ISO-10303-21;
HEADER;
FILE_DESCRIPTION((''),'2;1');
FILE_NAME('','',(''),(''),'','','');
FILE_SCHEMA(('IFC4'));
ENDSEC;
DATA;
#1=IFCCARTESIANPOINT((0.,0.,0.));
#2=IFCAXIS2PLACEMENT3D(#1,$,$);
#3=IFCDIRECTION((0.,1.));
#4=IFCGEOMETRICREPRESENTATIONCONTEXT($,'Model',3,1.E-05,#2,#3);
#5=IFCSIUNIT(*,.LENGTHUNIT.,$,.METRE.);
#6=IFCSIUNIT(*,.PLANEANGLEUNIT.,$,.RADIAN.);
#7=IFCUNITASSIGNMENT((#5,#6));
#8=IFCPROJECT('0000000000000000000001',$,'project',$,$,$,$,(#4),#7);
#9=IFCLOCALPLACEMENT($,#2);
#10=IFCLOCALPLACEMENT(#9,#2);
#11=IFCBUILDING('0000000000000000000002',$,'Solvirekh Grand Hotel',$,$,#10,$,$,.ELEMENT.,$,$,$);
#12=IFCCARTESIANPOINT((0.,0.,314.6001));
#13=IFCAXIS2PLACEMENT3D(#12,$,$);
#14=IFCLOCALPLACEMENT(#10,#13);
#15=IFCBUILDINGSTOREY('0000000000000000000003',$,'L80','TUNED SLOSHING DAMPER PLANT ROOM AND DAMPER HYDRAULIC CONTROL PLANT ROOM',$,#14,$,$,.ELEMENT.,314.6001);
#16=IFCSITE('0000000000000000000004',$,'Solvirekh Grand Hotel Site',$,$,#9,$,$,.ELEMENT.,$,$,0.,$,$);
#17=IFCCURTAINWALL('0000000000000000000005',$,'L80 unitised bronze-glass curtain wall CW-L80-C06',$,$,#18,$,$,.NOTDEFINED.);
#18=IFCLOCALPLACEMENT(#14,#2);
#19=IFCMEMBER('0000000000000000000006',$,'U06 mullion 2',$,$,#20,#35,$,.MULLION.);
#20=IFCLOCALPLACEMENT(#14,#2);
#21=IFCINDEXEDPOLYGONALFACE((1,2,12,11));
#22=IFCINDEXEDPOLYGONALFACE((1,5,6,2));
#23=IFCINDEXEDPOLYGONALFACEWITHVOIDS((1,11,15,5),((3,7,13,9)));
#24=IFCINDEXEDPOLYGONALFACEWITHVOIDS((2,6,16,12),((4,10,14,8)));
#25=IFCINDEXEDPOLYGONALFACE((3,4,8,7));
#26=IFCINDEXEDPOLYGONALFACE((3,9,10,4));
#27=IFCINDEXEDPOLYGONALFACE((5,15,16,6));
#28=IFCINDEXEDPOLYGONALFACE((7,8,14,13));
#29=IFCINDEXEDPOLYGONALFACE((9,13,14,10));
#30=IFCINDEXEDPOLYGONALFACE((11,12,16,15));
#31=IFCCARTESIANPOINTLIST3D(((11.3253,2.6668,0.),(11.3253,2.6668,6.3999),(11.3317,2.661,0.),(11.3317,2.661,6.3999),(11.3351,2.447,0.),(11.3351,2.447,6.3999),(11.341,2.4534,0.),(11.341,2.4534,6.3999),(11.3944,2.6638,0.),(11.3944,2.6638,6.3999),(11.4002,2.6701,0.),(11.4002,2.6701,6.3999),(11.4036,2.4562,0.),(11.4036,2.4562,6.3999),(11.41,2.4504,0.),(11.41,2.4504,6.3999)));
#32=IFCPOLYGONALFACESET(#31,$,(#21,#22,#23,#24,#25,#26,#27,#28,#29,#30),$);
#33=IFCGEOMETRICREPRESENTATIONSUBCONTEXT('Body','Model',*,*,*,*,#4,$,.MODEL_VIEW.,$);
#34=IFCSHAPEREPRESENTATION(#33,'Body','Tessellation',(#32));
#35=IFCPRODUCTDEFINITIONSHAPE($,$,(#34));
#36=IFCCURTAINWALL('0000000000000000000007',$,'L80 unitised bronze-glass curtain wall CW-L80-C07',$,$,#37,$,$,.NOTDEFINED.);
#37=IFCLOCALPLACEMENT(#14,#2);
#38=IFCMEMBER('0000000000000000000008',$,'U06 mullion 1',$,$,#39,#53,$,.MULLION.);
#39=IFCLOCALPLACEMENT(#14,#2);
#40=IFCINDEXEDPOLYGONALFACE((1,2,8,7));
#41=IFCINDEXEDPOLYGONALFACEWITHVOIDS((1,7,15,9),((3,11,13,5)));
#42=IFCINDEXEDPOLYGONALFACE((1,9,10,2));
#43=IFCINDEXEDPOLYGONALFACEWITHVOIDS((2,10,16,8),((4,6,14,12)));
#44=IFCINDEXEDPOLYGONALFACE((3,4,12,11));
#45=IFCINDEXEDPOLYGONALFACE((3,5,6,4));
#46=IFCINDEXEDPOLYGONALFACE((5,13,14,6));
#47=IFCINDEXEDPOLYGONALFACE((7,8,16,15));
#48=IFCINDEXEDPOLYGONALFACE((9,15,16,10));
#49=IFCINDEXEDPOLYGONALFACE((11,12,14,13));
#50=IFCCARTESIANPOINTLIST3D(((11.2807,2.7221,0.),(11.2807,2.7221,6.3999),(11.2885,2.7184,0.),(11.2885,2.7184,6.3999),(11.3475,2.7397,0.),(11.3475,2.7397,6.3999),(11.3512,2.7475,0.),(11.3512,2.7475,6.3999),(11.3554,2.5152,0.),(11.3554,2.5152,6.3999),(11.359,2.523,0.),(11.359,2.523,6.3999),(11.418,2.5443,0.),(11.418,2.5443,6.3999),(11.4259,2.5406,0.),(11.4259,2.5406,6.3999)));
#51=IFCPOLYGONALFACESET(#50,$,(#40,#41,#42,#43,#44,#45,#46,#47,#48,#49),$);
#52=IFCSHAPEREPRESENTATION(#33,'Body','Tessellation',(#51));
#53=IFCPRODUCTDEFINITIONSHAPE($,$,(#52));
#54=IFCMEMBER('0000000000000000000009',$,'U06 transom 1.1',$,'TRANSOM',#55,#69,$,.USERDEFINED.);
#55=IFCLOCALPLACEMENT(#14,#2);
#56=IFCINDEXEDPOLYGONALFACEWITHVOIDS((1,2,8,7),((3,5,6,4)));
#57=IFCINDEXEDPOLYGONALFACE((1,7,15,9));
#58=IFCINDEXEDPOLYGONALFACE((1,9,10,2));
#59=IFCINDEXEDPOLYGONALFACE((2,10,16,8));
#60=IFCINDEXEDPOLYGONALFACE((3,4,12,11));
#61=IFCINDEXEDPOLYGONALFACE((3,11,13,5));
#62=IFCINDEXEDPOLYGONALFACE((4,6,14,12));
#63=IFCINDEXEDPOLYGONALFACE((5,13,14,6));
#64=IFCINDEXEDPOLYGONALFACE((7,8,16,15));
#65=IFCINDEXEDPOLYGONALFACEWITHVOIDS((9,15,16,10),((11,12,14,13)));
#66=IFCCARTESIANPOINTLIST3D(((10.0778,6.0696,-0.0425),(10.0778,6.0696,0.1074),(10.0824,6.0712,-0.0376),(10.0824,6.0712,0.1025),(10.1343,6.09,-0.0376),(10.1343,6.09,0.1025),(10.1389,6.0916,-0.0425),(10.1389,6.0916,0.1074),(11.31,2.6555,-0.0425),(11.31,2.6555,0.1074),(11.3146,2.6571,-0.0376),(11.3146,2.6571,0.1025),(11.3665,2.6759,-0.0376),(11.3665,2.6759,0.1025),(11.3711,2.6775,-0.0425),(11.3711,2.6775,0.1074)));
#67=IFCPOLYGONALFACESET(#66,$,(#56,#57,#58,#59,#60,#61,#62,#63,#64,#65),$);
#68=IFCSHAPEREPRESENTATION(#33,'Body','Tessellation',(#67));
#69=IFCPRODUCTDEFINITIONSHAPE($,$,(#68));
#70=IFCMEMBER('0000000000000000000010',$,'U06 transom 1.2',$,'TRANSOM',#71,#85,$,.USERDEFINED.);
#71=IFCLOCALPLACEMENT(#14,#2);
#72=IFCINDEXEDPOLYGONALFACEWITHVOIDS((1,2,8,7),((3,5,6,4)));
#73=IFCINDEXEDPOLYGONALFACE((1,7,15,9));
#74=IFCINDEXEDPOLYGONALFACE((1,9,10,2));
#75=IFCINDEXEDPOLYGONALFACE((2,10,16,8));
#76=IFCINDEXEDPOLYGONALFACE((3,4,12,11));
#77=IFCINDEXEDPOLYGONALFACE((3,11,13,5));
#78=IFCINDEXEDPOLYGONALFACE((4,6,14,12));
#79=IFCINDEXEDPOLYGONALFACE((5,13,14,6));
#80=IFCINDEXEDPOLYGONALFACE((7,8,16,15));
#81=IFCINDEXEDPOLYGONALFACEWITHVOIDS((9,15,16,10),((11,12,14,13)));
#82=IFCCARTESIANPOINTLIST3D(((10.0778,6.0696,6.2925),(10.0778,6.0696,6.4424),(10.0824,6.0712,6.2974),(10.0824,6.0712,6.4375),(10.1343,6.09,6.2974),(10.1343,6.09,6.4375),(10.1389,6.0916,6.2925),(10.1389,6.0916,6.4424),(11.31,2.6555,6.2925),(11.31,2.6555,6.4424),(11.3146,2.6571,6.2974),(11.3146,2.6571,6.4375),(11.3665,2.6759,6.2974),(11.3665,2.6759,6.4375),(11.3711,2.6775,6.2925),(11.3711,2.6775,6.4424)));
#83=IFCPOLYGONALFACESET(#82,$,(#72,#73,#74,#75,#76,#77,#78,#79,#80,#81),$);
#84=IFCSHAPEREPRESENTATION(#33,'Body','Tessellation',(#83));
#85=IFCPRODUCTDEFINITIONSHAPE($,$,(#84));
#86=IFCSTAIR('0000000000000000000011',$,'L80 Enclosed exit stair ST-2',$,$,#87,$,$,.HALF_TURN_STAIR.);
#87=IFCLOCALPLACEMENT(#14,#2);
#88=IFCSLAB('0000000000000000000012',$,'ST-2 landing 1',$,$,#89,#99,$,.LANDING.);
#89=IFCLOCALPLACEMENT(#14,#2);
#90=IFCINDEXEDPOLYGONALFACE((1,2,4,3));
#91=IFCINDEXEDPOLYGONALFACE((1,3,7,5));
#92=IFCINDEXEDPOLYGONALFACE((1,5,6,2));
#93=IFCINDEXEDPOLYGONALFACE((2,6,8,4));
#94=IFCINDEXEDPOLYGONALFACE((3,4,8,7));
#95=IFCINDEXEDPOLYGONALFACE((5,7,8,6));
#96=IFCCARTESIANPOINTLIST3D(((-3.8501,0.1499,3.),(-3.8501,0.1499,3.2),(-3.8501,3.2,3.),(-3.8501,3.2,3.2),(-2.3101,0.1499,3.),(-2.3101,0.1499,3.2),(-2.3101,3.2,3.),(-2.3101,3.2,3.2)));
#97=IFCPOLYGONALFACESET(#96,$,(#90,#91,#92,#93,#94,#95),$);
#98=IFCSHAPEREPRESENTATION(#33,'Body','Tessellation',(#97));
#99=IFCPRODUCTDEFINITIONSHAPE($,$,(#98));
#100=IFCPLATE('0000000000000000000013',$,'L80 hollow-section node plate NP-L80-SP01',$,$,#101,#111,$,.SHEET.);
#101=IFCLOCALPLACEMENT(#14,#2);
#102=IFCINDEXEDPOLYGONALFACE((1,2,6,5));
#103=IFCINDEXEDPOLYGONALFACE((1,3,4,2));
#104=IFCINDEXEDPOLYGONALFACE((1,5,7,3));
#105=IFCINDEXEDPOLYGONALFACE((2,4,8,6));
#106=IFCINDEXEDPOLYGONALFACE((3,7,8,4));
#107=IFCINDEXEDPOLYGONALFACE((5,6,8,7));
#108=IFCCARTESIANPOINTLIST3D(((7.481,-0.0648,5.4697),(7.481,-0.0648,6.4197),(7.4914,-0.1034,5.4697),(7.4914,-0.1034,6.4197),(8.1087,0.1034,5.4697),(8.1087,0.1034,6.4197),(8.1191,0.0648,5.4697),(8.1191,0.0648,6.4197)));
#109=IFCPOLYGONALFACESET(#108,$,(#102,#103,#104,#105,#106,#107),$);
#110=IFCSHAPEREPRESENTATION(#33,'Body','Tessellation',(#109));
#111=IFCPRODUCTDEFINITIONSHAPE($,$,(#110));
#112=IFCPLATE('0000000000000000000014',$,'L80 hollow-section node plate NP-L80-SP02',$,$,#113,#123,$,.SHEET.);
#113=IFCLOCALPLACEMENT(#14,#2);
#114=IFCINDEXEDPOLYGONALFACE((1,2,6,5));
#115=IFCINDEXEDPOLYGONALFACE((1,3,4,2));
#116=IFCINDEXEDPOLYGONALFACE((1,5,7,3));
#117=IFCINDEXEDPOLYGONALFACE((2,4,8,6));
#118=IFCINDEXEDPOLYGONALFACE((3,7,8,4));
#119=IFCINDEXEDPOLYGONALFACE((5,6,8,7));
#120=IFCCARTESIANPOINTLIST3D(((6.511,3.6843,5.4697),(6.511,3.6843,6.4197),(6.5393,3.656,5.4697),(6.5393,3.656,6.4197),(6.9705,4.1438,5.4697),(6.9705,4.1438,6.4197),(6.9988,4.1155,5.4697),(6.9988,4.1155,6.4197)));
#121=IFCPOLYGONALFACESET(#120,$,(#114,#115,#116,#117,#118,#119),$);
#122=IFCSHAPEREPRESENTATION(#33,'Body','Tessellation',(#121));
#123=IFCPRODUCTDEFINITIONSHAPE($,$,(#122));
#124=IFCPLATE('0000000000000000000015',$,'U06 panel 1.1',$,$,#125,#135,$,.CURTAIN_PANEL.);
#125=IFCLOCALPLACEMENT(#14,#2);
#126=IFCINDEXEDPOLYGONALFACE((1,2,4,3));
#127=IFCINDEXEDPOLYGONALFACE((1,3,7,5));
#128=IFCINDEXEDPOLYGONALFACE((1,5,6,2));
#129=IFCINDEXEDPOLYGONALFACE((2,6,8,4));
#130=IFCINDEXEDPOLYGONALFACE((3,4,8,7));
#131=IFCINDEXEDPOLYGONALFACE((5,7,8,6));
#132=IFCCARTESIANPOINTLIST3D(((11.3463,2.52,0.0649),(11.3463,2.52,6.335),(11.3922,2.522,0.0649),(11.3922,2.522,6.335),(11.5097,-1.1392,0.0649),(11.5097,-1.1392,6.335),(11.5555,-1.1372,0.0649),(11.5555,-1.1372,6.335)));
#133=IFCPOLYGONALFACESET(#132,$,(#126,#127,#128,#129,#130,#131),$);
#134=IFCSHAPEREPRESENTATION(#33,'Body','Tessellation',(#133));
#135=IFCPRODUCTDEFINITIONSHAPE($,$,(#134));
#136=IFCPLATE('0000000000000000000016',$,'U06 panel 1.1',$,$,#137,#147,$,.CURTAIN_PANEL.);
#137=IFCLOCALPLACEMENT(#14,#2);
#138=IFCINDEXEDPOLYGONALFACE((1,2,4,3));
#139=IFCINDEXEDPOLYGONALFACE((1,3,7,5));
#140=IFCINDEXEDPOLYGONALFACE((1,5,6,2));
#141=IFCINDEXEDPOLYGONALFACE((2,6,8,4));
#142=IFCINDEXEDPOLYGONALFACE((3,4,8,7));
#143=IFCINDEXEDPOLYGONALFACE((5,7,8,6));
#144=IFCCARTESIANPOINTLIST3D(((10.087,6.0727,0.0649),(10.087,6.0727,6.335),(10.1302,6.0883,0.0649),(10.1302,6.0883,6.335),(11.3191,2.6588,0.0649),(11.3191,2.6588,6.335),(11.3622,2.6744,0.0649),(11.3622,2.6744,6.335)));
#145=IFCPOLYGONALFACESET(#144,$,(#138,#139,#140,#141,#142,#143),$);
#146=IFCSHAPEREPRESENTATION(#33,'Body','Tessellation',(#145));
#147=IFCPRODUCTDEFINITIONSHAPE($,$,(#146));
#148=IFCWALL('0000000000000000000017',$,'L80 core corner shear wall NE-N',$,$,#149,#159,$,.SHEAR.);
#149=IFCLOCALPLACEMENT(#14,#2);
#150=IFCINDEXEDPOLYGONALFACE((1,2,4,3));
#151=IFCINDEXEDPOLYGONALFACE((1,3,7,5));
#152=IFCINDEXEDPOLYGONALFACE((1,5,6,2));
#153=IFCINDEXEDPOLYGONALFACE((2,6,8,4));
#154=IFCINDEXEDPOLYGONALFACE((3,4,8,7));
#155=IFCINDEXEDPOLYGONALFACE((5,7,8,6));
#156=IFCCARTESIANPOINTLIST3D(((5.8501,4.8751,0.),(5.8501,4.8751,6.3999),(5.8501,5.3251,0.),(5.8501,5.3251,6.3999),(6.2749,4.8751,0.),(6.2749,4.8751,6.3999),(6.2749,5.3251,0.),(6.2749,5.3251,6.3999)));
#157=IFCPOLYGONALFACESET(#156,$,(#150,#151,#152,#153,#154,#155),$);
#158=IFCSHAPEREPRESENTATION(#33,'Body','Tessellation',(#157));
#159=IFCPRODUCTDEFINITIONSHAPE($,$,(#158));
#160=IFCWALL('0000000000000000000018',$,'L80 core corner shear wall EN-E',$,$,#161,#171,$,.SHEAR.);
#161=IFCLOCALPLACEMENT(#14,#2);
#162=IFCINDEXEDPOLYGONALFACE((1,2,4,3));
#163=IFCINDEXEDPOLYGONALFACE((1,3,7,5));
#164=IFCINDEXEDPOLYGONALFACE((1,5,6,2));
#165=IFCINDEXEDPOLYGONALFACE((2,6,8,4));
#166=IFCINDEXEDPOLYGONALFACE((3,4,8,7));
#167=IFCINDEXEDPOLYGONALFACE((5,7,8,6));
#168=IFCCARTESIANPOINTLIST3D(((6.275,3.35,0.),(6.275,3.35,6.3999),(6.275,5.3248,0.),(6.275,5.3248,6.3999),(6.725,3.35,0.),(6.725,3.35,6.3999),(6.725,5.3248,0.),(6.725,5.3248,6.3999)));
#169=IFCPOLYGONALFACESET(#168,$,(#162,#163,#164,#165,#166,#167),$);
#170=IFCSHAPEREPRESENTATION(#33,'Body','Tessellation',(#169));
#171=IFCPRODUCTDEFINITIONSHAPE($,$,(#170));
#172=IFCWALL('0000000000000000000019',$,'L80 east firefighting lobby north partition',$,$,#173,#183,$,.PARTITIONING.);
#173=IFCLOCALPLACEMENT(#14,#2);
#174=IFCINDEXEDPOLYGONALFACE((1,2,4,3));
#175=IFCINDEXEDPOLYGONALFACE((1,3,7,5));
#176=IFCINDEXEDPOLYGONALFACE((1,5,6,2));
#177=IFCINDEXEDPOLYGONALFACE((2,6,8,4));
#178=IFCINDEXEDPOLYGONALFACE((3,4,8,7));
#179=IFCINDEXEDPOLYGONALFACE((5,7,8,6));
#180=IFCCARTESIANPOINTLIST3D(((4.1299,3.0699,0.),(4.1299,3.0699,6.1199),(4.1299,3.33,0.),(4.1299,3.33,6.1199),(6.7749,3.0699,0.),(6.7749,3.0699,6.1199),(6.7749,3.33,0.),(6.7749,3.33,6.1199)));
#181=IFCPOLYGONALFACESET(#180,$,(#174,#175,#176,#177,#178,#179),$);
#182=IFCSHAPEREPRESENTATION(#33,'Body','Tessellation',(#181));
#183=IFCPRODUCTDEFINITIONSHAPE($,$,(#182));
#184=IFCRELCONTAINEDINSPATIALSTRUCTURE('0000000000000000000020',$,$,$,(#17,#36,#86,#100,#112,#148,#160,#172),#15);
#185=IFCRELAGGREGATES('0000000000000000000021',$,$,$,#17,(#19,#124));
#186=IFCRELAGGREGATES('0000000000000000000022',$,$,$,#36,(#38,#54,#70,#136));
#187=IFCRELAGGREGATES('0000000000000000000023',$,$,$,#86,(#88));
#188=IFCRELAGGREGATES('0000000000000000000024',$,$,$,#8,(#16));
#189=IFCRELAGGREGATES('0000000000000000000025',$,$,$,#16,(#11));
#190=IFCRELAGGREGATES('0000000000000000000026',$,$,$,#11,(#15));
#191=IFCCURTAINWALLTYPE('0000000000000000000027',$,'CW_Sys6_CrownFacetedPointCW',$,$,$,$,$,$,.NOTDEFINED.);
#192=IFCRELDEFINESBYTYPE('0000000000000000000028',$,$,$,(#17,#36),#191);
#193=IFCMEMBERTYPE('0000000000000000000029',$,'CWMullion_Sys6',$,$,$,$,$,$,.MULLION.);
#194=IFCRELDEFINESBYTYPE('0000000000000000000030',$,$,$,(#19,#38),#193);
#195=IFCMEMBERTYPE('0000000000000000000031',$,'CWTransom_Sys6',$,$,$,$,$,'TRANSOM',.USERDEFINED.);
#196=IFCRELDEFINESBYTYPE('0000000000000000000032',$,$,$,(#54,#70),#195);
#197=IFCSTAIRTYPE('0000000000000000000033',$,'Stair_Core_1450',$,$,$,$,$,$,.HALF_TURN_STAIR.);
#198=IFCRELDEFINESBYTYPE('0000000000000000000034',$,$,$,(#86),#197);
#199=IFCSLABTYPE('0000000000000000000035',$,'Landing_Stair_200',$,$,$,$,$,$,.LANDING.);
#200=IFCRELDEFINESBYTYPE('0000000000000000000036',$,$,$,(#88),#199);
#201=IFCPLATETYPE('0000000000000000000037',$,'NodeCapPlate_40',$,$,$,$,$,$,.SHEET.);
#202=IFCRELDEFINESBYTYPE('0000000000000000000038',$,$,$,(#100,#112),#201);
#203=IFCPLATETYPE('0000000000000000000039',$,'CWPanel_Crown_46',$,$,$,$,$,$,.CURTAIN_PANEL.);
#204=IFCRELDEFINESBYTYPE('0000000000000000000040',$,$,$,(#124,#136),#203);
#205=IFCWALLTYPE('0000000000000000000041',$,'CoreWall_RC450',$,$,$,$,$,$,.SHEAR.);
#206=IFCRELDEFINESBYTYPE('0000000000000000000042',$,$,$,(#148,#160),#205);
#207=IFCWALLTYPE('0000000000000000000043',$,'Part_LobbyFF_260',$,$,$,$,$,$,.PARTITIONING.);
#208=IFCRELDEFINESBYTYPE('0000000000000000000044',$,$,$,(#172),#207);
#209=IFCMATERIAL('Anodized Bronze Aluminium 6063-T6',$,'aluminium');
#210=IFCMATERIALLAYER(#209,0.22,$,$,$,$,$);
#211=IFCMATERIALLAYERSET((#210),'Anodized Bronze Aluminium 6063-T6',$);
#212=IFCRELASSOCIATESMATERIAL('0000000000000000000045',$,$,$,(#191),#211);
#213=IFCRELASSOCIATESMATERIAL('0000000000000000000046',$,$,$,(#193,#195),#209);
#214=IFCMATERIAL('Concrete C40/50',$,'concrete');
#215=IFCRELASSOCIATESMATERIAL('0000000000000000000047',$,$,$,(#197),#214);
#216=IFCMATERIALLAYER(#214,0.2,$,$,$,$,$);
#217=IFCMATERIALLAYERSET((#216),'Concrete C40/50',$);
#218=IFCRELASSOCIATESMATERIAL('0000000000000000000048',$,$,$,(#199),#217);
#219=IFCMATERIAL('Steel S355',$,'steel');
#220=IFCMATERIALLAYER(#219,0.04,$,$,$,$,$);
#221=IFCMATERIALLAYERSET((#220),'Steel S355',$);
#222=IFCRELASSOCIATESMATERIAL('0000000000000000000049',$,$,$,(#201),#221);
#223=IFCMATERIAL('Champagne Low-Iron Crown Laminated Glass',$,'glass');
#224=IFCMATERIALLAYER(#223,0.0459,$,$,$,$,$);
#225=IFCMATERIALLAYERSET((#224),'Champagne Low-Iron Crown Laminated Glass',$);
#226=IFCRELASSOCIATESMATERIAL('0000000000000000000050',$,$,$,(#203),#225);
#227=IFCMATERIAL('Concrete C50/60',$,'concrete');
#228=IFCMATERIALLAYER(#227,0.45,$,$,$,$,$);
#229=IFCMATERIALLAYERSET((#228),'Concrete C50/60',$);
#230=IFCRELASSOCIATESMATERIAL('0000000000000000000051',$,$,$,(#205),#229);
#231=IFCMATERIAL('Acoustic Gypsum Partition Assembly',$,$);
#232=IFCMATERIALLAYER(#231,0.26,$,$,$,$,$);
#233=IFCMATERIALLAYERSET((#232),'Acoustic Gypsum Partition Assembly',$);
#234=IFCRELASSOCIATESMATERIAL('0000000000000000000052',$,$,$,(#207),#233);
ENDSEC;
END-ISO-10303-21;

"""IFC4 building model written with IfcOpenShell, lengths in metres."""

from ifc_helpers import new_model, si_unit, direction, frame, frame_2d, origin, origin_2d, place, context, subcontext, project, spatial, polyline, rectangle, hollow_rectangle, outline, extrude, source, transform, mapped, material, layer, layer_set, material_profile, profile_set, type_object, element, aggregate, save


model = new_model("IFC4")

# Units and contexts
model_context = context("Model", 3, precision=1e-05, world=origin(), true_north=direction((0.0, 1.0)))
body_context = subcontext(model_context, "Body", "Model", "MODEL_VIEW")
ifc_project = project(units=[si_unit("LENGTHUNIT", "METRE"), si_unit("PLANEANGLEUNIT", "RADIAN")], contexts=[model_context])

# Site, building, storey
site_placement = place(None, origin())
site = spatial("IfcSite", under=ifc_project, at=site_placement, Name="Solvirekh Grand Hotel Site", CompositionType="ELEMENT", RefElevation=0.0)
building_placement = place(site_placement, origin())
building = spatial("IfcBuilding", under=site, at=building_placement, Name="Solvirekh Grand Hotel", CompositionType="ELEMENT")
storey_placement = place(building_placement, frame((0.0, 0.0, 314.6001)))
storey = spatial("IfcBuildingStorey", under=building, at=storey_placement, Name="L80", Description="TUNED SLOSHING DAMPER PLANT ROOM AND DAMPER HYDRAULIC CONTROL PLANT ROOM", CompositionType="ELEMENT", Elevation=314.6001)

# Shared definitions
ifc_material_1 = material(Name="Steel S355", Category="steel")

# Curtain wall, member
ifc_material_2 = material(Name="Anodized Bronze Aluminium 6063-T6", Category="aluminium")
ifc_layer_1 = layer(ifc_material_2, 0.22)
ifc_layer_set_1 = layer_set([ifc_layer_1], Name="Anodized Bronze Aluminium 6063-T6")
curtain_wall_type = type_object("IfcCurtainWallType", Name="CW_Sys6_CrownFacetedPointCW", PredefinedType="NOTDEFINED", material=ifc_layer_set_1)
curtain_wall_1_placement = place(storey_placement, origin())
curtain_wall_1 = element("IfcCurtainWall", 1, at=curtain_wall_1_placement, inside=storey, type_object=curtain_wall_type, Name="L80 unitised bronze-glass curtain wall CW-L80-C06", PredefinedType="NOTDEFINED")
ifc_material_profile_1 = material_profile(ifc_material_2, hollow_rectangle(XDim=0.075, YDim=0.22, WallThickness=0.0061, at=origin_2d()), Name="ALU RHS 220X75X6")
ifc_profile_set_1 = profile_set([ifc_material_profile_1], Name="Anodized Bronze Aluminium 6063-T6")
member_type_1 = type_object("IfcMemberType", Name="CWMullion_Sys6", PredefinedType="MULLION", material=ifc_profile_set_1)
shared_shape_1 = source(origin(), body_context, "Body", "SweptSolid", [
    extrude(hollow_rectangle(XDim=0.075, YDim=0.22, WallThickness=0.0061, at=origin_2d()), origin(), (0.0, 0.0, 1.0), 6.3999),
])
member_1_placement = place(storey_placement, frame((11.3677, 2.5586, 0.0), z_axis=(0.0, 0.0, 1.0), x_axis=(-0.999006, -0.044587, 0.0)))
member_1 = element("IfcMember", 2, at=member_1_placement, type_object=member_type_1, Name="U06 mullion 2", PredefinedType="MULLION", context=body_context, shape_type="MappedRepresentation", body=[
    mapped(shared_shape_1, transform((0.0, 0.0, 0.0), x_axis=(1.0, 0.0, 0.0), y_axis=(0.0, 1.0, 0.0), z_axis=(0.0, 0.0, 1.0), scale=1.0)),
])

# Curtain wall, members
curtain_wall_2_placement = place(storey_placement, origin())
curtain_wall_2 = element("IfcCurtainWall", 3, at=curtain_wall_2_placement, inside=storey, type_object=curtain_wall_type, Name="L80 unitised bronze-glass curtain wall CW-L80-C07", PredefinedType="NOTDEFINED")
member_2_placement = place(storey_placement, frame((11.3533, 2.6313, 0.0), z_axis=(0.0, 0.0, 1.0), x_axis=(-0.940617, -0.339469, 0.0)))
member_2 = element("IfcMember", 4, at=member_2_placement, type_object=member_type_1, Name="U06 mullion 1", PredefinedType="MULLION", context=body_context, shape_type="MappedRepresentation", body=[
    mapped(shared_shape_1, transform((0.0, 0.0, 0.0), x_axis=(1.0, 0.0, 0.0), y_axis=(0.0, 1.0, 0.0), z_axis=(0.0, 0.0, 1.0), scale=1.0)),
])
ifc_material_profile_2 = material_profile(ifc_material_2, hollow_rectangle(XDim=0.0649, YDim=0.1499, WallThickness=0.0049, at=origin_2d()), Name="ALU RHS 150X65X5")
ifc_profile_set_2 = profile_set([ifc_material_profile_2], Name="Anodized Bronze Aluminium 6063-T6")
member_type_2 = type_object("IfcMemberType", Name="CWTransom_Sys6", ElementType="TRANSOM", PredefinedType="USERDEFINED", material=ifc_profile_set_2)
shared_shape_2 = source(origin(), body_context, "Body", "SweptSolid", [
    extrude(hollow_rectangle(XDim=0.0649, YDim=0.1499, WallThickness=0.0049, at=origin_2d()), origin(), (0.0, 0.0, 1.0), 3.6296),
])
member_3_placement = place(storey_placement, frame((11.3406, 2.6665, 0.0325), z_axis=(-0.339479, 0.940614, 0.0), x_axis=(-0.940614, -0.339479, 0.0)))
member_3 = element("IfcMember", 5, at=member_3_placement, type_object=member_type_2, Name="U06 transom 1.1", ObjectType="TRANSOM", PredefinedType="USERDEFINED", context=body_context, shape_type="MappedRepresentation", body=[
    mapped(shared_shape_2, transform((0.0, 0.0, 0.0), x_axis=(1.0, 0.0, 0.0), y_axis=(0.0, 1.0, 0.0), z_axis=(0.0, 0.0, 1.0), scale=1.0)),
])
member_4_placement = place(storey_placement, frame((11.3406, 2.6665, 6.3674), z_axis=(-0.339479, 0.940614, 0.0), x_axis=(-0.940614, -0.339479, 0.0)))
member_4 = element("IfcMember", 6, at=member_4_placement, type_object=member_type_2, Name="U06 transom 1.2", ObjectType="TRANSOM", PredefinedType="USERDEFINED", context=body_context, shape_type="MappedRepresentation", body=[
    mapped(shared_shape_2, transform((0.0, 0.0, 0.0), x_axis=(1.0, 0.0, 0.0), y_axis=(0.0, 1.0, 0.0), z_axis=(0.0, 0.0, 1.0), scale=1.0)),
])

# Stair, slab
ifc_material_3 = material(Name="Concrete C40/50", Category="concrete")
stair_type = type_object("IfcStairType", Name="Stair_Core_1450", PredefinedType="HALF_TURN_STAIR", material=ifc_material_3)
stair_placement = place(storey_placement, origin())
stair = element("IfcStair", 7, at=stair_placement, inside=storey, type_object=stair_type, Name="L80 Enclosed exit stair ST-2", PredefinedType="HALF_TURN_STAIR")
ifc_layer_2 = layer(ifc_material_3, 0.2)
ifc_layer_set_2 = layer_set([ifc_layer_2], Name="Concrete C40/50")
slab_type = type_object("IfcSlabType", Name="Landing_Stair_200", PredefinedType="LANDING", material=ifc_layer_set_2)
slab_placement = place(storey_placement, frame((0.0, 0.0, 3.0)))
slab = element("IfcSlab", 8, at=slab_placement, type_object=slab_type, Name="ST-2 landing 1", PredefinedType="LANDING", context=body_context, shape_type="SweptSolid", body=[
    extrude(outline(polyline([(-2.3101, 3.2), (-3.8501, 3.2), (-3.8501, 0.1499), (-2.3101, 0.1499), (-2.3101, 3.2)])), origin(), (0.0, 0.0, 1.0), 0.2),
])

# Plates
ifc_layer_3 = layer(ifc_material_1, 0.04)
ifc_layer_set_3 = layer_set([ifc_layer_3], Name="Steel S355")
plate_type_1 = type_object("IfcPlateType", Name="NodeCapPlate_40", PredefinedType="SHEET", material=ifc_layer_set_3)
for number, where, z_axis, x_axis, name in (
    (9, (7.8, 0.0, 5.4697), (0.0, 0.0, 1.0), (-0.258819, 0.965926, 0.0), "L80 hollow-section node plate NP-L80-SP01"),
    (10, (6.7549, 3.8999, 5.4697), (0.0, 0.0, 1.0), (-0.707107, 0.707107, 0.0), "L80 hollow-section node plate NP-L80-SP02"),
):
    element("IfcPlate", number, at=place(storey_placement, frame(where, z_axis=z_axis, x_axis=x_axis)), inside=storey, type_object=plate_type_1, Name=name, PredefinedType="SHEET", context=body_context, shape_type="SweptSolid", body=[
        extrude(rectangle(XDim=0.04, YDim=0.6499, at=origin_2d()), origin(), (0.0, 0.0, 1.0), 0.95),
    ])

# Plates
ifc_material_4 = material(Name="Champagne Low-Iron Crown Laminated Glass", Category="glass")
ifc_layer_4 = layer(ifc_material_4, 0.0459)
ifc_layer_set_4 = layer_set([ifc_layer_4], Name="Champagne Low-Iron Crown Laminated Glass")
plate_type_2 = type_object("IfcPlateType", Name="CWPanel_Crown_46", PredefinedType="CURTAIN_PANEL", material=ifc_layer_set_4)
shared_shape_3 = source(origin(), body_context, "Body", "SweptSolid", [
    extrude(rectangle(XDim=3.6628, YDim=0.0459, at=origin_2d()), origin(), (0.0, 0.0, 1.0), 6.27),
])
plate_1_placement = place(storey_placement, frame((11.4509, 0.6914, 0.0649), z_axis=(0.0, 0.0, 1.0), x_axis=(-0.044587, 0.999006, 0.0)))
plate_1 = element("IfcPlate", 11, at=plate_1_placement, type_object=plate_type_2, Name="U06 panel 1.1", PredefinedType="CURTAIN_PANEL", context=body_context, shape_type="MappedRepresentation", body=[
    mapped(shared_shape_3, transform((0.0, 0.0, 0.0), x_axis=(1.0, 0.0, 0.0), y_axis=(0.0, 1.0, 0.0), z_axis=(0.0, 0.0, 1.0), scale=1.0)),
])
aggregate(curtain_wall_1, [member_1, plate_1])
shared_shape_4 = source(origin(), body_context, "Body", "SweptSolid", [
    extrude(rectangle(XDim=3.6294, YDim=0.0459, at=origin_2d()), origin(), (0.0, 0.0, 1.0), 6.27),
])
plate_2_placement = place(storey_placement, frame((10.7246, 4.3735, 0.0649), z_axis=(0.0, 0.0, 1.0), x_axis=(-0.339469, 0.940617, 0.0)))
plate_2 = element("IfcPlate", 12, at=plate_2_placement, type_object=plate_type_2, Name="U06 panel 1.1", PredefinedType="CURTAIN_PANEL", context=body_context, shape_type="MappedRepresentation", body=[
    mapped(shared_shape_4, transform((0.0, 0.0, 0.0), x_axis=(1.0, 0.0, 0.0), y_axis=(0.0, 1.0, 0.0), z_axis=(0.0, 0.0, 1.0), scale=1.0)),
])
aggregate(curtain_wall_2, [member_2, member_3, member_4, plate_2])

# Walls
ifc_material_5 = material(Name="Concrete C50/60", Category="concrete")
ifc_layer_5 = layer(ifc_material_5, 0.45)
ifc_layer_set_5 = layer_set([ifc_layer_5], Name="Concrete C50/60")
wall_type_1 = type_object("IfcWallType", Name="CoreWall_RC450", PredefinedType="SHEAR", material=ifc_layer_set_5)
wall_1_placement = place(storey_placement, frame((5.8501, 5.1001, 0.0), z_axis=(0.0, 0.0, 1.0), x_axis=(1.0, 0.0, 0.0)))
element("IfcWall", 13, at=wall_1_placement, inside=storey, type_object=wall_type_1, Name="L80 core corner shear wall NE-N", PredefinedType="SHEAR", context=body_context, shape_type="SweptSolid", body=[
    extrude(rectangle(XDim=0.4248, YDim=0.45, at=frame_2d((0.2124, 0.0))), origin(), (0.0, 0.0, 1.0), 6.3999),
])
wall_2_placement = place(storey_placement, frame((6.5, 3.3501, 0.0), z_axis=(0.0, 0.0, 1.0), x_axis=(0.0, 1.0, 0.0)))
element("IfcWall", 14, at=wall_2_placement, inside=storey, type_object=wall_type_1, Name="L80 core corner shear wall EN-E", PredefinedType="SHEAR", context=body_context, shape_type="SweptSolid", body=[
    extrude(rectangle(XDim=1.9749, YDim=0.45, at=frame_2d((0.9873, 0.0))), origin(), (0.0, 0.0, 1.0), 6.3999),
])
ifc_material_6 = material(Name="Acoustic Gypsum Partition Assembly")
ifc_layer_6 = layer(ifc_material_6, 0.26)
ifc_layer_set_6 = layer_set([ifc_layer_6], Name="Acoustic Gypsum Partition Assembly")
wall_type_2 = type_object("IfcWallType", Name="Part_LobbyFF_260", PredefinedType="PARTITIONING", material=ifc_layer_set_6)
wall_3_placement = place(storey_placement, frame((4.1299, 3.2, 0.0), z_axis=(0.0, 0.0, 1.0), x_axis=(1.0, 0.0, 0.0)))
element("IfcWall", 15, at=wall_3_placement, inside=storey, type_object=wall_type_2, Name="L80 east firefighting lobby north partition", PredefinedType="PARTITIONING", context=body_context, shape_type="SweptSolid", body=[
    extrude(rectangle(XDim=2.645, YDim=0.26, at=frame_2d((1.3225, 0.0))), origin(), (0.0, 0.0, 1.0), 6.1199),
])

aggregate(stair, [slab])

save(model, "model.ifc")
